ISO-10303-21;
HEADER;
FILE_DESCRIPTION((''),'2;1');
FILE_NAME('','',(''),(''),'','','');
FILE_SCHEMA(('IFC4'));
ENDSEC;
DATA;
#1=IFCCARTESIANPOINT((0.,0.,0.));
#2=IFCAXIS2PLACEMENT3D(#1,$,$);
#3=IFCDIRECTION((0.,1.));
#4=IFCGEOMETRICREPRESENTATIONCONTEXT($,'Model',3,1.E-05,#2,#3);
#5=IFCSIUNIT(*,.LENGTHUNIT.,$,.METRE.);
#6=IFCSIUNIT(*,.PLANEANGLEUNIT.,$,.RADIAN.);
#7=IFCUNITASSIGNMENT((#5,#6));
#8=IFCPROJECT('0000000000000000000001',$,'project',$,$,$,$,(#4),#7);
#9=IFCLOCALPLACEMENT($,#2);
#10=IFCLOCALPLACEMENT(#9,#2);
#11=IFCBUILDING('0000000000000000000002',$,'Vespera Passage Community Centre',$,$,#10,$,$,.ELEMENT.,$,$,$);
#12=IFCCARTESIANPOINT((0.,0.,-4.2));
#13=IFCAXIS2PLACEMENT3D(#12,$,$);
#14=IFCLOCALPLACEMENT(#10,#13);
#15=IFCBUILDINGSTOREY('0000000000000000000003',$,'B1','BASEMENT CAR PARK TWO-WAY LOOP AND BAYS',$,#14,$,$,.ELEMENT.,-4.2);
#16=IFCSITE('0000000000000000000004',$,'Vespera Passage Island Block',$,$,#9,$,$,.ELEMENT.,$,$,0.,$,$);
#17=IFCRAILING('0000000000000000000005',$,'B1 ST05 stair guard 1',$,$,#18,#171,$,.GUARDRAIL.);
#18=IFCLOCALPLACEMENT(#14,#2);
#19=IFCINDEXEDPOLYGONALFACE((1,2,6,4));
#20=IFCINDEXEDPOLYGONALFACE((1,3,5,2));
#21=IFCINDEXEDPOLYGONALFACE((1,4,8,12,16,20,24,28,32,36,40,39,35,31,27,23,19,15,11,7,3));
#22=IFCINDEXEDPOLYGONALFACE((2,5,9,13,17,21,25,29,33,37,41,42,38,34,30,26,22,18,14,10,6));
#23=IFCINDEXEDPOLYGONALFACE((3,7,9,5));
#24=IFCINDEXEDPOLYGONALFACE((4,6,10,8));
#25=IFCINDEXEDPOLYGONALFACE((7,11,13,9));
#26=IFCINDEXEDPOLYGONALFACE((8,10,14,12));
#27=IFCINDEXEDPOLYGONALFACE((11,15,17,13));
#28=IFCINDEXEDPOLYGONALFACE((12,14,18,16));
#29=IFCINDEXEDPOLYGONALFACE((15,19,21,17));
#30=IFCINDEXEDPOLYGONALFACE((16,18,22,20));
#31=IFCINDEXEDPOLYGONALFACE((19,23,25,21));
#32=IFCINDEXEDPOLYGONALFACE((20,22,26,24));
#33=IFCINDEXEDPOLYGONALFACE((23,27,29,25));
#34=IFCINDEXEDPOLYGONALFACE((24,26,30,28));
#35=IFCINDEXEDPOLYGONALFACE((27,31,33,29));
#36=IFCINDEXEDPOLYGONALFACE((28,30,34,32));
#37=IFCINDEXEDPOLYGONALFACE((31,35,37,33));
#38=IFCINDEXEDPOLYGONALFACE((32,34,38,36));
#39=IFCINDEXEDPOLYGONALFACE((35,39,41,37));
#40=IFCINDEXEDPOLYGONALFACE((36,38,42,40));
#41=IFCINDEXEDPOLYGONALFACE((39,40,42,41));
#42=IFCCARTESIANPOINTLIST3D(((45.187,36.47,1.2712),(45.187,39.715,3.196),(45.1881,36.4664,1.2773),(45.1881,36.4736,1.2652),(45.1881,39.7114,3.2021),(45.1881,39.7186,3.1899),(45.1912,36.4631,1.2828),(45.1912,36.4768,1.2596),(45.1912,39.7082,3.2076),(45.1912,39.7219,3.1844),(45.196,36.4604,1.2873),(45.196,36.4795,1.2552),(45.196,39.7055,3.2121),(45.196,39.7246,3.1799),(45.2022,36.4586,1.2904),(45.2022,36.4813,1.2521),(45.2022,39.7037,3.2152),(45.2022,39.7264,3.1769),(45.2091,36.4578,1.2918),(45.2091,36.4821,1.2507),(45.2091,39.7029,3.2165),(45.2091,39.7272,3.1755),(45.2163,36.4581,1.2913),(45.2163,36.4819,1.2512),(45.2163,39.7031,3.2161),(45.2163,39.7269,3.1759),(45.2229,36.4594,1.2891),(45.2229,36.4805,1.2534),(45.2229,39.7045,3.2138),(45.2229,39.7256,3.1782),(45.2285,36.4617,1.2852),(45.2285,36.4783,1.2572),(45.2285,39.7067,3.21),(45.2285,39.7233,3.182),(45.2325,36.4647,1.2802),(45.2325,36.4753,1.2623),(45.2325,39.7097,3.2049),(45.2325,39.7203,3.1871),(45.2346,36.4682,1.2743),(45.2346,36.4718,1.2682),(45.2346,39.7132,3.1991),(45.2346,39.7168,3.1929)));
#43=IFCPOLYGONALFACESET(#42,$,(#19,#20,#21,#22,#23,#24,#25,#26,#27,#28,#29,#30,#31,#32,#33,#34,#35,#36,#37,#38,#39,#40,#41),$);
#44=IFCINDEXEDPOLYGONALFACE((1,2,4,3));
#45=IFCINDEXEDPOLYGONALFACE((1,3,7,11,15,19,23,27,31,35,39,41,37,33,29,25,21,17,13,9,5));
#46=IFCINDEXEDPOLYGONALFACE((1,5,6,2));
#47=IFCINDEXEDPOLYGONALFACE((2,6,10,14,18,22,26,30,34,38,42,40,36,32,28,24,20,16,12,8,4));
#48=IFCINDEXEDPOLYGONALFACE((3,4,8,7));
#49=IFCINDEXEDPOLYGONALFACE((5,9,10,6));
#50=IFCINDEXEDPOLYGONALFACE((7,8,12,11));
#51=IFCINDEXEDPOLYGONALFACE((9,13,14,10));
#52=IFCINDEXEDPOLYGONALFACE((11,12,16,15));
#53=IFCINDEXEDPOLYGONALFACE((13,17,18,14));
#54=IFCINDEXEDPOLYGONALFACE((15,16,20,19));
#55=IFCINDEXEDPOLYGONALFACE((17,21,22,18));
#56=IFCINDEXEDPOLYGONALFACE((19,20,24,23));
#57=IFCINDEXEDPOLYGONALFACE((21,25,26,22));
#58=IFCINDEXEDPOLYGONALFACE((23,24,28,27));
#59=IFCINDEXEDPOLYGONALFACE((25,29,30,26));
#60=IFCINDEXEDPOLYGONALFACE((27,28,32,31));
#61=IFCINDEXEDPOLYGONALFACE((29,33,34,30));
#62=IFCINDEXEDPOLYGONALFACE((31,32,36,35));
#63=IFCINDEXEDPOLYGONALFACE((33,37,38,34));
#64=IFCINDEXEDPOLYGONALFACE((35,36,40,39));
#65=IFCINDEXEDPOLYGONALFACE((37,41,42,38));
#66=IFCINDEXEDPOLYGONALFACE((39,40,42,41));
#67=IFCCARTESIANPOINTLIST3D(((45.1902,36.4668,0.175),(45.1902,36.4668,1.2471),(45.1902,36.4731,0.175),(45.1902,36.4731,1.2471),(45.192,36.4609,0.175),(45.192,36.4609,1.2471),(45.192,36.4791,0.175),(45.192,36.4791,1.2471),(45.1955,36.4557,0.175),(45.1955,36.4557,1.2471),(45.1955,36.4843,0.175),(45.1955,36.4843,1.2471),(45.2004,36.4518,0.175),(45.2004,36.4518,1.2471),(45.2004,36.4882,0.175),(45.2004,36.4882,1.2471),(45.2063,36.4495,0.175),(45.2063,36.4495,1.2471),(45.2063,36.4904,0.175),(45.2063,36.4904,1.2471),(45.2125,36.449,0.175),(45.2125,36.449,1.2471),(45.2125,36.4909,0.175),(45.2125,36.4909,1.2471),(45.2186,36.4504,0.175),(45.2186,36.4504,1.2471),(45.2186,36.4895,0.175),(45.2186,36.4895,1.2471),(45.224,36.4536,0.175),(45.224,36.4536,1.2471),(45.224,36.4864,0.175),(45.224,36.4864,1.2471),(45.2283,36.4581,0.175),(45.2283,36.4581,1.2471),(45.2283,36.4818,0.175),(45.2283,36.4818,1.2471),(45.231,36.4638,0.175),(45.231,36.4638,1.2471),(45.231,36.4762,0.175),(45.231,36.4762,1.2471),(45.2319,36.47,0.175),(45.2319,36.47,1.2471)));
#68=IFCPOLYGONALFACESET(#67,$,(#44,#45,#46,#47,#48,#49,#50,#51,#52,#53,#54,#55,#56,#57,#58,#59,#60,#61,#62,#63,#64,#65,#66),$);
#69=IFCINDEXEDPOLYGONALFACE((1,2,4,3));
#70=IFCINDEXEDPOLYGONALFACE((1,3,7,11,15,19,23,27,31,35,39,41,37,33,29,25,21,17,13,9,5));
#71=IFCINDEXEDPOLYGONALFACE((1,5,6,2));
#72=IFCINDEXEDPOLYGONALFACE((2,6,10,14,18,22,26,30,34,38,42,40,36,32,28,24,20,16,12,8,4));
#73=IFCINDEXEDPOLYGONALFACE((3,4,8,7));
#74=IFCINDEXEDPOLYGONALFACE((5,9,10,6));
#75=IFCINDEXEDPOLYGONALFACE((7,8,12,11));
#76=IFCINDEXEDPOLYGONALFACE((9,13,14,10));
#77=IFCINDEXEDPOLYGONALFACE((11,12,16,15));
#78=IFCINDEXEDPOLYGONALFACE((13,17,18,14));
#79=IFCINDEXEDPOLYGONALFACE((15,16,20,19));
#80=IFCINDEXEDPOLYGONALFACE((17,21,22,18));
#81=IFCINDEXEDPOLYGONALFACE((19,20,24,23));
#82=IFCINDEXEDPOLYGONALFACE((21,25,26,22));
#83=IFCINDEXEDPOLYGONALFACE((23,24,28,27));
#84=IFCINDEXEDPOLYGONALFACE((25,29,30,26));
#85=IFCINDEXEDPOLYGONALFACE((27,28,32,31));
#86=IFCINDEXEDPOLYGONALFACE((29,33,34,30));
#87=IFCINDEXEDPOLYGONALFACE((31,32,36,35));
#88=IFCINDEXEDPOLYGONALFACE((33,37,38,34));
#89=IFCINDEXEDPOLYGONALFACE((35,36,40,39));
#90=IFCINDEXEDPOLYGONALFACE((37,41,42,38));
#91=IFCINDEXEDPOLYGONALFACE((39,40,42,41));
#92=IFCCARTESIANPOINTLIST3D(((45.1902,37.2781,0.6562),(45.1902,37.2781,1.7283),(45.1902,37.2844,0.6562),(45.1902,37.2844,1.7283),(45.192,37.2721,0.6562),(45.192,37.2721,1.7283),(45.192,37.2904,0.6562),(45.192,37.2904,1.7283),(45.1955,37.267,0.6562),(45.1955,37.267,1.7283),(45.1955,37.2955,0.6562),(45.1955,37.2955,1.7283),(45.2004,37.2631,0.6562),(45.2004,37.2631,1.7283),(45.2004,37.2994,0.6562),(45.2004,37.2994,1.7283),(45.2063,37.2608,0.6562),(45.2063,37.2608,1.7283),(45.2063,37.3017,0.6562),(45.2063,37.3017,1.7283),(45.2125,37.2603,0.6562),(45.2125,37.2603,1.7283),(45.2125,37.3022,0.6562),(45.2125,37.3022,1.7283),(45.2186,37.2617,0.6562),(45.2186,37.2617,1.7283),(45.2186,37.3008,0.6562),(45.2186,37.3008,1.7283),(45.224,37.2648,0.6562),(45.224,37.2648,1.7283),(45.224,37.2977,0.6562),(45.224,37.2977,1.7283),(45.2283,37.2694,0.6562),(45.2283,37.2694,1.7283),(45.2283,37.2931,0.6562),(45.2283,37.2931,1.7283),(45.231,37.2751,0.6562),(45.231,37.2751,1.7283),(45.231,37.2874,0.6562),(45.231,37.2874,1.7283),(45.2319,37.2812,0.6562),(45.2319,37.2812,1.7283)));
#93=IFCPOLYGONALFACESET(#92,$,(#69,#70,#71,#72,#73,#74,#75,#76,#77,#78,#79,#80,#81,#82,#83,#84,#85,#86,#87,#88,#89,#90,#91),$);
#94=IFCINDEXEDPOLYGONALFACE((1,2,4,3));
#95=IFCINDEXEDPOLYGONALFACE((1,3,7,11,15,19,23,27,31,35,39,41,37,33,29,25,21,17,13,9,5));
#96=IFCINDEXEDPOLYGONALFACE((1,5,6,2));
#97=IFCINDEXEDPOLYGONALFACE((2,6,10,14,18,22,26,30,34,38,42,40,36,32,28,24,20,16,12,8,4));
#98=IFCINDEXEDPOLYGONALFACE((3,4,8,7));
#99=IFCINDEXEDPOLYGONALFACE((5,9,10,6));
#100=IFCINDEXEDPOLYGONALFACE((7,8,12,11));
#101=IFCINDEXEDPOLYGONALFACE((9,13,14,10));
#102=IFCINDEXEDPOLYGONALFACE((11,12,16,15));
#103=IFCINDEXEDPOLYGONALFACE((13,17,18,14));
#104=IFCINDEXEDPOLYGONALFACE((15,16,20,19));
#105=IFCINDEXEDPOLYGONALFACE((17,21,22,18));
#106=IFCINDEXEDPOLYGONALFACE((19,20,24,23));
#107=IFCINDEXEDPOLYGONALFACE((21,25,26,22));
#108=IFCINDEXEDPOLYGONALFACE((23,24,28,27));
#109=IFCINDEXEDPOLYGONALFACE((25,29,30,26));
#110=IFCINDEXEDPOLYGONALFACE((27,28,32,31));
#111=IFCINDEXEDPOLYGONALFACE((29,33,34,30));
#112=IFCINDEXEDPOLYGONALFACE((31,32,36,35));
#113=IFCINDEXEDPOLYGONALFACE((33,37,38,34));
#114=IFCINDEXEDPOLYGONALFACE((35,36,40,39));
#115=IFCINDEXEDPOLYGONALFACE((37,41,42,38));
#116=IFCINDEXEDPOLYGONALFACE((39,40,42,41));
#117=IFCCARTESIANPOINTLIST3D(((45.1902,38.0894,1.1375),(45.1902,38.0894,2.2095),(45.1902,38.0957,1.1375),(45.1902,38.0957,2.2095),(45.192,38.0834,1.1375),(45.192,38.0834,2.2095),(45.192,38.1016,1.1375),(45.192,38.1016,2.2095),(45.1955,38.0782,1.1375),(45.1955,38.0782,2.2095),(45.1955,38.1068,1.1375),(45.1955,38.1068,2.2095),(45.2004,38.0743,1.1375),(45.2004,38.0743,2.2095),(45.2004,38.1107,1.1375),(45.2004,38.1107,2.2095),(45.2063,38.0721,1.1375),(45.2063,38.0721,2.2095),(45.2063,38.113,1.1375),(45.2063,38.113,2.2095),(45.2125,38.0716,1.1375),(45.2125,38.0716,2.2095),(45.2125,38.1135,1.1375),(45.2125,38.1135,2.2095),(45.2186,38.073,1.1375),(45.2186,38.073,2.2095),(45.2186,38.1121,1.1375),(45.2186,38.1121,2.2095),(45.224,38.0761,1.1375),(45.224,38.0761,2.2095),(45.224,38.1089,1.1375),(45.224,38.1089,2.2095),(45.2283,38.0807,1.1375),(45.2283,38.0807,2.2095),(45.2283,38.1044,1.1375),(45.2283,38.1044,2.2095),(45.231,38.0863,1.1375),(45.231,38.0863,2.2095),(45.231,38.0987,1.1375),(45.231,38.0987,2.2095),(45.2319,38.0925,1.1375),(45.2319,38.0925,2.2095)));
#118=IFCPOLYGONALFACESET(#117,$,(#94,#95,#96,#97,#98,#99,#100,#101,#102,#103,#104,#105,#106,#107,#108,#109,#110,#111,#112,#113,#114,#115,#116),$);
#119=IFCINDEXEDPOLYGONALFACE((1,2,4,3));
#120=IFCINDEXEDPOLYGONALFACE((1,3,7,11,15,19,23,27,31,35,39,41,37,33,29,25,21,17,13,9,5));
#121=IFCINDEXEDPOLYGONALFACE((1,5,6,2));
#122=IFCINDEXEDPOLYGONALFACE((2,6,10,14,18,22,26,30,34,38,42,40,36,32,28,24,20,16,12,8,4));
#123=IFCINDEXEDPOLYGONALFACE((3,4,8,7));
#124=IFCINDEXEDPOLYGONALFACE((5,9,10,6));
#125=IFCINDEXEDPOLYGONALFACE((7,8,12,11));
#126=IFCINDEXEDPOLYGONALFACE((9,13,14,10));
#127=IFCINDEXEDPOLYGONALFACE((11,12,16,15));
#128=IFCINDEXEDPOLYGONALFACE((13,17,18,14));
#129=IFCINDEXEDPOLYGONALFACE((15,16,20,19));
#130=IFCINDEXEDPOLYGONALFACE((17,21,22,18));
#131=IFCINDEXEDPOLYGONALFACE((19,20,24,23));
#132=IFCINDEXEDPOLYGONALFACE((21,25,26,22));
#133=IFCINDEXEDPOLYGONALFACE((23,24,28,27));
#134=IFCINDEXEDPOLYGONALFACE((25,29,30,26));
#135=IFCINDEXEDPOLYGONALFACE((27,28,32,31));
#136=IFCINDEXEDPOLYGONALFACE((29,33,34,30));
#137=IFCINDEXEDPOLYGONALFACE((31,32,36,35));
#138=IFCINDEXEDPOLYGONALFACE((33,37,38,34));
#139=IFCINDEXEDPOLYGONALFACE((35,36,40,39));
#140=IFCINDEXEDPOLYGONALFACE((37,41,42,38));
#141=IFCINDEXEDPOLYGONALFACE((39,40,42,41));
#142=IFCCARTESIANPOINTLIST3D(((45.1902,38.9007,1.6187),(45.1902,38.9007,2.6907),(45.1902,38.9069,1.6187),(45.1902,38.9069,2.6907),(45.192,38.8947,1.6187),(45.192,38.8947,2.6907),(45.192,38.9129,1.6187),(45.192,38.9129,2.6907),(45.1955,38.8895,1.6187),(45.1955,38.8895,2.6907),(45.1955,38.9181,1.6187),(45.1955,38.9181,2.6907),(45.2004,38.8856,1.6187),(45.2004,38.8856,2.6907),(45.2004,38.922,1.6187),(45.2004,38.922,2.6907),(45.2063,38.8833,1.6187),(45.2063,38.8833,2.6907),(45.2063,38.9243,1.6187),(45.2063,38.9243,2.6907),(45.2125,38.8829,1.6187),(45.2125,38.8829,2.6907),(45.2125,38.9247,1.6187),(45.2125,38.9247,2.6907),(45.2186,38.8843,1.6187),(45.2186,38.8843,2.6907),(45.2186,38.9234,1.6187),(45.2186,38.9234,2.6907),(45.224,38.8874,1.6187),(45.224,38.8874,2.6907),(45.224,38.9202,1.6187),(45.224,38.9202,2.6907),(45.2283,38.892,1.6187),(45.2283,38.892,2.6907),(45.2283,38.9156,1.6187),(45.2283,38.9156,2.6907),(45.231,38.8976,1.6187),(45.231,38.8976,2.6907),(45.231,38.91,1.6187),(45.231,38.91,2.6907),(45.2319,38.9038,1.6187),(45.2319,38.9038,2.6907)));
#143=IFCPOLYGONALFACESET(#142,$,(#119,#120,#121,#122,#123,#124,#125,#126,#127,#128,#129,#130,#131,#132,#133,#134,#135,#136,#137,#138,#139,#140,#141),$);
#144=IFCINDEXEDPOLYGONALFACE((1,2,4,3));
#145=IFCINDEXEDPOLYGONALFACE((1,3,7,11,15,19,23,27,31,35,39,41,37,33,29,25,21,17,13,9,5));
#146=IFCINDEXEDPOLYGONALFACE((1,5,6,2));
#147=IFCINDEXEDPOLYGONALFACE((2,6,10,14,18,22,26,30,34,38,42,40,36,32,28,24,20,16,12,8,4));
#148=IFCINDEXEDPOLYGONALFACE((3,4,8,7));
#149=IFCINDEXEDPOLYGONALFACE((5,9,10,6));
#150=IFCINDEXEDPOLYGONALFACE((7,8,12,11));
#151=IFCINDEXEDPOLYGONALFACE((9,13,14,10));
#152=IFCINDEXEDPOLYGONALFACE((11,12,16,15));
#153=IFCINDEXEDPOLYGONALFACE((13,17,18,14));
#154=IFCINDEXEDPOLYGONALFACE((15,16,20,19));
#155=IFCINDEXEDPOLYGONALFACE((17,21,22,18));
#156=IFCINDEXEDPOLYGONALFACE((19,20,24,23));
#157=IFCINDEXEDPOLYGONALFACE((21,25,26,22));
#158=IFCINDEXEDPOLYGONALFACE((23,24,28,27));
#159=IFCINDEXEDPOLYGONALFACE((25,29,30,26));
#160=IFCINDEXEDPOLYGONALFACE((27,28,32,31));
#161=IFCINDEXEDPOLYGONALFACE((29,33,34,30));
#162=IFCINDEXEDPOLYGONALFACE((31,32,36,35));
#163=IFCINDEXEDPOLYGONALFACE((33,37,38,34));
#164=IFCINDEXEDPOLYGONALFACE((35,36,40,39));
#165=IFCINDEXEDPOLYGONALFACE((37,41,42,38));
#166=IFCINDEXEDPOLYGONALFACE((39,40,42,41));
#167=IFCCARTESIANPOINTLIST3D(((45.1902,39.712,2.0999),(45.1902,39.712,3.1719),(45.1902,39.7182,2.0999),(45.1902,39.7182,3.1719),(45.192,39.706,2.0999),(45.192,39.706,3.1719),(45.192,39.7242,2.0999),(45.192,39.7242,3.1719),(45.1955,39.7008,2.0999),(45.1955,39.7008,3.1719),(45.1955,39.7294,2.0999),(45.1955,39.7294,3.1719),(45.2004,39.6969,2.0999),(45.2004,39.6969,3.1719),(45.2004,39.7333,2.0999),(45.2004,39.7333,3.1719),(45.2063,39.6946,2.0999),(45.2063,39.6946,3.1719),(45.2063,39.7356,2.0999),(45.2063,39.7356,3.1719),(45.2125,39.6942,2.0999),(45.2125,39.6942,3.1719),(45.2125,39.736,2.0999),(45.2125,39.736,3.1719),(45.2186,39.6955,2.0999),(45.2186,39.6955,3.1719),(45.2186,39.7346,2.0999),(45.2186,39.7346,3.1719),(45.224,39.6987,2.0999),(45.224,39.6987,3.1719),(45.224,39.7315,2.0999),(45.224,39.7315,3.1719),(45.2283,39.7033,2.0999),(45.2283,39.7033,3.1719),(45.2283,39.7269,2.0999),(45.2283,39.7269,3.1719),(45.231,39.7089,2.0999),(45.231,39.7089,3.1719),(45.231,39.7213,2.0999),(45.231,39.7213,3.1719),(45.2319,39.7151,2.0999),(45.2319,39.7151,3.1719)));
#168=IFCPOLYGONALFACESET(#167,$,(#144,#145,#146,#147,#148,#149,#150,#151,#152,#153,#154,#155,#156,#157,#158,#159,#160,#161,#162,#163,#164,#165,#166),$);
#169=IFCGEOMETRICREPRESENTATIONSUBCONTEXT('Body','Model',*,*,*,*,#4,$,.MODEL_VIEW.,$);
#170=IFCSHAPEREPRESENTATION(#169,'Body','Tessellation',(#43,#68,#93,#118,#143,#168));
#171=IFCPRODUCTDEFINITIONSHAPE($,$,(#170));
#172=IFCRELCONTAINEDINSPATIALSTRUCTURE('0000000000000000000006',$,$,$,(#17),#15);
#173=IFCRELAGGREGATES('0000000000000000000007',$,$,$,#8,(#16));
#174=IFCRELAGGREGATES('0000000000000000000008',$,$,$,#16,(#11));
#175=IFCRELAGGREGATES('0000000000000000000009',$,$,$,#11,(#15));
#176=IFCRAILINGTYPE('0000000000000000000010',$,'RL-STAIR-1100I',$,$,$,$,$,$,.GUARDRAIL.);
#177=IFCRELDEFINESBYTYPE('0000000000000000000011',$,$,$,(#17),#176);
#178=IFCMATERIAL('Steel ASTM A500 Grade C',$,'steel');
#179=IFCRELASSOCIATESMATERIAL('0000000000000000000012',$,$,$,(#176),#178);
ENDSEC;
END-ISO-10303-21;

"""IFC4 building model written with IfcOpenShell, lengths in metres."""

from ifc_helpers import new_model, si_unit, direction, frame, origin, origin_2d, place, context, subcontext, project, spatial, circle, extrude, material, type_object, element, save


model = new_model("IFC4")

# Units and contexts
model_context = context("Model", 3, precision=1e-05, world=origin(), true_north=direction((0.0, 1.0)))
body_context = subcontext(model_context, "Body", "Model", "MODEL_VIEW")
ifc_project = project(units=[si_unit("LENGTHUNIT", "METRE"), si_unit("PLANEANGLEUNIT", "RADIAN")], contexts=[model_context])

# Site, building, storey
site_placement = place(None, origin())
site = spatial("IfcSite", under=ifc_project, at=site_placement, Name="Vespera Passage Island Block", CompositionType="ELEMENT", RefElevation=0.0)
building_placement = place(site_placement, origin())
building = spatial("IfcBuilding", under=site, at=building_placement, Name="Vespera Passage Community Centre", CompositionType="ELEMENT")
storey_placement = place(building_placement, frame((0.0, 0.0, -4.2)))
storey = spatial("IfcBuildingStorey", under=building, at=storey_placement, Name="B1", Description="BASEMENT CAR PARK TWO-WAY LOOP AND BAYS", CompositionType="ELEMENT", Elevation=-4.2)

# Railing
ifc_material_1 = material(Name="Steel ASTM A500 Grade C", Category="steel")
railing_type = type_object("IfcRailingType", Name="RL-STAIR-1100I", PredefinedType="GUARDRAIL", material=ifc_material_1)
railing_1_placement = place(storey_placement, frame((45.2109, 36.47, 0.175)))
element("IfcRailing", 1, at=railing_1_placement, inside=storey, type_object=railing_type, Name="B1 ST05 stair guard 1", PredefinedType="GUARDRAIL", context=body_context, shape_type="SweptSolid", body=[
    extrude(circle(Radius=0.0239, at=origin_2d()), frame((0.0, 0.0, 1.0962), z_axis=(0.0, 0.860085, 0.51015), x_axis=(-1.0, 0.0, 0.0)), (0.0, 0.0, 1.0), 3.7729),
    extrude(circle(Radius=0.021, at=origin_2d()), origin(), (0.0, 0.0, 1.0), 1.072),
    extrude(circle(Radius=0.021, at=origin_2d()), frame((0.0, 0.8113, 0.4812)), (0.0, 0.0, 1.0), 1.072),
    extrude(circle(Radius=0.021, at=origin_2d()), frame((0.0, 1.6226, 0.9624)), (0.0, 0.0, 1.0), 1.072),
    extrude(circle(Radius=0.021, at=origin_2d()), frame((0.0, 2.4338, 1.4436)), (0.0, 0.0, 1.0), 1.072),
    extrude(circle(Radius=0.021, at=origin_2d()), frame((0.0, 3.2451, 1.9248)), (0.0, 0.0, 1.0), 1.072),
])

save(model, "model.ifc")
